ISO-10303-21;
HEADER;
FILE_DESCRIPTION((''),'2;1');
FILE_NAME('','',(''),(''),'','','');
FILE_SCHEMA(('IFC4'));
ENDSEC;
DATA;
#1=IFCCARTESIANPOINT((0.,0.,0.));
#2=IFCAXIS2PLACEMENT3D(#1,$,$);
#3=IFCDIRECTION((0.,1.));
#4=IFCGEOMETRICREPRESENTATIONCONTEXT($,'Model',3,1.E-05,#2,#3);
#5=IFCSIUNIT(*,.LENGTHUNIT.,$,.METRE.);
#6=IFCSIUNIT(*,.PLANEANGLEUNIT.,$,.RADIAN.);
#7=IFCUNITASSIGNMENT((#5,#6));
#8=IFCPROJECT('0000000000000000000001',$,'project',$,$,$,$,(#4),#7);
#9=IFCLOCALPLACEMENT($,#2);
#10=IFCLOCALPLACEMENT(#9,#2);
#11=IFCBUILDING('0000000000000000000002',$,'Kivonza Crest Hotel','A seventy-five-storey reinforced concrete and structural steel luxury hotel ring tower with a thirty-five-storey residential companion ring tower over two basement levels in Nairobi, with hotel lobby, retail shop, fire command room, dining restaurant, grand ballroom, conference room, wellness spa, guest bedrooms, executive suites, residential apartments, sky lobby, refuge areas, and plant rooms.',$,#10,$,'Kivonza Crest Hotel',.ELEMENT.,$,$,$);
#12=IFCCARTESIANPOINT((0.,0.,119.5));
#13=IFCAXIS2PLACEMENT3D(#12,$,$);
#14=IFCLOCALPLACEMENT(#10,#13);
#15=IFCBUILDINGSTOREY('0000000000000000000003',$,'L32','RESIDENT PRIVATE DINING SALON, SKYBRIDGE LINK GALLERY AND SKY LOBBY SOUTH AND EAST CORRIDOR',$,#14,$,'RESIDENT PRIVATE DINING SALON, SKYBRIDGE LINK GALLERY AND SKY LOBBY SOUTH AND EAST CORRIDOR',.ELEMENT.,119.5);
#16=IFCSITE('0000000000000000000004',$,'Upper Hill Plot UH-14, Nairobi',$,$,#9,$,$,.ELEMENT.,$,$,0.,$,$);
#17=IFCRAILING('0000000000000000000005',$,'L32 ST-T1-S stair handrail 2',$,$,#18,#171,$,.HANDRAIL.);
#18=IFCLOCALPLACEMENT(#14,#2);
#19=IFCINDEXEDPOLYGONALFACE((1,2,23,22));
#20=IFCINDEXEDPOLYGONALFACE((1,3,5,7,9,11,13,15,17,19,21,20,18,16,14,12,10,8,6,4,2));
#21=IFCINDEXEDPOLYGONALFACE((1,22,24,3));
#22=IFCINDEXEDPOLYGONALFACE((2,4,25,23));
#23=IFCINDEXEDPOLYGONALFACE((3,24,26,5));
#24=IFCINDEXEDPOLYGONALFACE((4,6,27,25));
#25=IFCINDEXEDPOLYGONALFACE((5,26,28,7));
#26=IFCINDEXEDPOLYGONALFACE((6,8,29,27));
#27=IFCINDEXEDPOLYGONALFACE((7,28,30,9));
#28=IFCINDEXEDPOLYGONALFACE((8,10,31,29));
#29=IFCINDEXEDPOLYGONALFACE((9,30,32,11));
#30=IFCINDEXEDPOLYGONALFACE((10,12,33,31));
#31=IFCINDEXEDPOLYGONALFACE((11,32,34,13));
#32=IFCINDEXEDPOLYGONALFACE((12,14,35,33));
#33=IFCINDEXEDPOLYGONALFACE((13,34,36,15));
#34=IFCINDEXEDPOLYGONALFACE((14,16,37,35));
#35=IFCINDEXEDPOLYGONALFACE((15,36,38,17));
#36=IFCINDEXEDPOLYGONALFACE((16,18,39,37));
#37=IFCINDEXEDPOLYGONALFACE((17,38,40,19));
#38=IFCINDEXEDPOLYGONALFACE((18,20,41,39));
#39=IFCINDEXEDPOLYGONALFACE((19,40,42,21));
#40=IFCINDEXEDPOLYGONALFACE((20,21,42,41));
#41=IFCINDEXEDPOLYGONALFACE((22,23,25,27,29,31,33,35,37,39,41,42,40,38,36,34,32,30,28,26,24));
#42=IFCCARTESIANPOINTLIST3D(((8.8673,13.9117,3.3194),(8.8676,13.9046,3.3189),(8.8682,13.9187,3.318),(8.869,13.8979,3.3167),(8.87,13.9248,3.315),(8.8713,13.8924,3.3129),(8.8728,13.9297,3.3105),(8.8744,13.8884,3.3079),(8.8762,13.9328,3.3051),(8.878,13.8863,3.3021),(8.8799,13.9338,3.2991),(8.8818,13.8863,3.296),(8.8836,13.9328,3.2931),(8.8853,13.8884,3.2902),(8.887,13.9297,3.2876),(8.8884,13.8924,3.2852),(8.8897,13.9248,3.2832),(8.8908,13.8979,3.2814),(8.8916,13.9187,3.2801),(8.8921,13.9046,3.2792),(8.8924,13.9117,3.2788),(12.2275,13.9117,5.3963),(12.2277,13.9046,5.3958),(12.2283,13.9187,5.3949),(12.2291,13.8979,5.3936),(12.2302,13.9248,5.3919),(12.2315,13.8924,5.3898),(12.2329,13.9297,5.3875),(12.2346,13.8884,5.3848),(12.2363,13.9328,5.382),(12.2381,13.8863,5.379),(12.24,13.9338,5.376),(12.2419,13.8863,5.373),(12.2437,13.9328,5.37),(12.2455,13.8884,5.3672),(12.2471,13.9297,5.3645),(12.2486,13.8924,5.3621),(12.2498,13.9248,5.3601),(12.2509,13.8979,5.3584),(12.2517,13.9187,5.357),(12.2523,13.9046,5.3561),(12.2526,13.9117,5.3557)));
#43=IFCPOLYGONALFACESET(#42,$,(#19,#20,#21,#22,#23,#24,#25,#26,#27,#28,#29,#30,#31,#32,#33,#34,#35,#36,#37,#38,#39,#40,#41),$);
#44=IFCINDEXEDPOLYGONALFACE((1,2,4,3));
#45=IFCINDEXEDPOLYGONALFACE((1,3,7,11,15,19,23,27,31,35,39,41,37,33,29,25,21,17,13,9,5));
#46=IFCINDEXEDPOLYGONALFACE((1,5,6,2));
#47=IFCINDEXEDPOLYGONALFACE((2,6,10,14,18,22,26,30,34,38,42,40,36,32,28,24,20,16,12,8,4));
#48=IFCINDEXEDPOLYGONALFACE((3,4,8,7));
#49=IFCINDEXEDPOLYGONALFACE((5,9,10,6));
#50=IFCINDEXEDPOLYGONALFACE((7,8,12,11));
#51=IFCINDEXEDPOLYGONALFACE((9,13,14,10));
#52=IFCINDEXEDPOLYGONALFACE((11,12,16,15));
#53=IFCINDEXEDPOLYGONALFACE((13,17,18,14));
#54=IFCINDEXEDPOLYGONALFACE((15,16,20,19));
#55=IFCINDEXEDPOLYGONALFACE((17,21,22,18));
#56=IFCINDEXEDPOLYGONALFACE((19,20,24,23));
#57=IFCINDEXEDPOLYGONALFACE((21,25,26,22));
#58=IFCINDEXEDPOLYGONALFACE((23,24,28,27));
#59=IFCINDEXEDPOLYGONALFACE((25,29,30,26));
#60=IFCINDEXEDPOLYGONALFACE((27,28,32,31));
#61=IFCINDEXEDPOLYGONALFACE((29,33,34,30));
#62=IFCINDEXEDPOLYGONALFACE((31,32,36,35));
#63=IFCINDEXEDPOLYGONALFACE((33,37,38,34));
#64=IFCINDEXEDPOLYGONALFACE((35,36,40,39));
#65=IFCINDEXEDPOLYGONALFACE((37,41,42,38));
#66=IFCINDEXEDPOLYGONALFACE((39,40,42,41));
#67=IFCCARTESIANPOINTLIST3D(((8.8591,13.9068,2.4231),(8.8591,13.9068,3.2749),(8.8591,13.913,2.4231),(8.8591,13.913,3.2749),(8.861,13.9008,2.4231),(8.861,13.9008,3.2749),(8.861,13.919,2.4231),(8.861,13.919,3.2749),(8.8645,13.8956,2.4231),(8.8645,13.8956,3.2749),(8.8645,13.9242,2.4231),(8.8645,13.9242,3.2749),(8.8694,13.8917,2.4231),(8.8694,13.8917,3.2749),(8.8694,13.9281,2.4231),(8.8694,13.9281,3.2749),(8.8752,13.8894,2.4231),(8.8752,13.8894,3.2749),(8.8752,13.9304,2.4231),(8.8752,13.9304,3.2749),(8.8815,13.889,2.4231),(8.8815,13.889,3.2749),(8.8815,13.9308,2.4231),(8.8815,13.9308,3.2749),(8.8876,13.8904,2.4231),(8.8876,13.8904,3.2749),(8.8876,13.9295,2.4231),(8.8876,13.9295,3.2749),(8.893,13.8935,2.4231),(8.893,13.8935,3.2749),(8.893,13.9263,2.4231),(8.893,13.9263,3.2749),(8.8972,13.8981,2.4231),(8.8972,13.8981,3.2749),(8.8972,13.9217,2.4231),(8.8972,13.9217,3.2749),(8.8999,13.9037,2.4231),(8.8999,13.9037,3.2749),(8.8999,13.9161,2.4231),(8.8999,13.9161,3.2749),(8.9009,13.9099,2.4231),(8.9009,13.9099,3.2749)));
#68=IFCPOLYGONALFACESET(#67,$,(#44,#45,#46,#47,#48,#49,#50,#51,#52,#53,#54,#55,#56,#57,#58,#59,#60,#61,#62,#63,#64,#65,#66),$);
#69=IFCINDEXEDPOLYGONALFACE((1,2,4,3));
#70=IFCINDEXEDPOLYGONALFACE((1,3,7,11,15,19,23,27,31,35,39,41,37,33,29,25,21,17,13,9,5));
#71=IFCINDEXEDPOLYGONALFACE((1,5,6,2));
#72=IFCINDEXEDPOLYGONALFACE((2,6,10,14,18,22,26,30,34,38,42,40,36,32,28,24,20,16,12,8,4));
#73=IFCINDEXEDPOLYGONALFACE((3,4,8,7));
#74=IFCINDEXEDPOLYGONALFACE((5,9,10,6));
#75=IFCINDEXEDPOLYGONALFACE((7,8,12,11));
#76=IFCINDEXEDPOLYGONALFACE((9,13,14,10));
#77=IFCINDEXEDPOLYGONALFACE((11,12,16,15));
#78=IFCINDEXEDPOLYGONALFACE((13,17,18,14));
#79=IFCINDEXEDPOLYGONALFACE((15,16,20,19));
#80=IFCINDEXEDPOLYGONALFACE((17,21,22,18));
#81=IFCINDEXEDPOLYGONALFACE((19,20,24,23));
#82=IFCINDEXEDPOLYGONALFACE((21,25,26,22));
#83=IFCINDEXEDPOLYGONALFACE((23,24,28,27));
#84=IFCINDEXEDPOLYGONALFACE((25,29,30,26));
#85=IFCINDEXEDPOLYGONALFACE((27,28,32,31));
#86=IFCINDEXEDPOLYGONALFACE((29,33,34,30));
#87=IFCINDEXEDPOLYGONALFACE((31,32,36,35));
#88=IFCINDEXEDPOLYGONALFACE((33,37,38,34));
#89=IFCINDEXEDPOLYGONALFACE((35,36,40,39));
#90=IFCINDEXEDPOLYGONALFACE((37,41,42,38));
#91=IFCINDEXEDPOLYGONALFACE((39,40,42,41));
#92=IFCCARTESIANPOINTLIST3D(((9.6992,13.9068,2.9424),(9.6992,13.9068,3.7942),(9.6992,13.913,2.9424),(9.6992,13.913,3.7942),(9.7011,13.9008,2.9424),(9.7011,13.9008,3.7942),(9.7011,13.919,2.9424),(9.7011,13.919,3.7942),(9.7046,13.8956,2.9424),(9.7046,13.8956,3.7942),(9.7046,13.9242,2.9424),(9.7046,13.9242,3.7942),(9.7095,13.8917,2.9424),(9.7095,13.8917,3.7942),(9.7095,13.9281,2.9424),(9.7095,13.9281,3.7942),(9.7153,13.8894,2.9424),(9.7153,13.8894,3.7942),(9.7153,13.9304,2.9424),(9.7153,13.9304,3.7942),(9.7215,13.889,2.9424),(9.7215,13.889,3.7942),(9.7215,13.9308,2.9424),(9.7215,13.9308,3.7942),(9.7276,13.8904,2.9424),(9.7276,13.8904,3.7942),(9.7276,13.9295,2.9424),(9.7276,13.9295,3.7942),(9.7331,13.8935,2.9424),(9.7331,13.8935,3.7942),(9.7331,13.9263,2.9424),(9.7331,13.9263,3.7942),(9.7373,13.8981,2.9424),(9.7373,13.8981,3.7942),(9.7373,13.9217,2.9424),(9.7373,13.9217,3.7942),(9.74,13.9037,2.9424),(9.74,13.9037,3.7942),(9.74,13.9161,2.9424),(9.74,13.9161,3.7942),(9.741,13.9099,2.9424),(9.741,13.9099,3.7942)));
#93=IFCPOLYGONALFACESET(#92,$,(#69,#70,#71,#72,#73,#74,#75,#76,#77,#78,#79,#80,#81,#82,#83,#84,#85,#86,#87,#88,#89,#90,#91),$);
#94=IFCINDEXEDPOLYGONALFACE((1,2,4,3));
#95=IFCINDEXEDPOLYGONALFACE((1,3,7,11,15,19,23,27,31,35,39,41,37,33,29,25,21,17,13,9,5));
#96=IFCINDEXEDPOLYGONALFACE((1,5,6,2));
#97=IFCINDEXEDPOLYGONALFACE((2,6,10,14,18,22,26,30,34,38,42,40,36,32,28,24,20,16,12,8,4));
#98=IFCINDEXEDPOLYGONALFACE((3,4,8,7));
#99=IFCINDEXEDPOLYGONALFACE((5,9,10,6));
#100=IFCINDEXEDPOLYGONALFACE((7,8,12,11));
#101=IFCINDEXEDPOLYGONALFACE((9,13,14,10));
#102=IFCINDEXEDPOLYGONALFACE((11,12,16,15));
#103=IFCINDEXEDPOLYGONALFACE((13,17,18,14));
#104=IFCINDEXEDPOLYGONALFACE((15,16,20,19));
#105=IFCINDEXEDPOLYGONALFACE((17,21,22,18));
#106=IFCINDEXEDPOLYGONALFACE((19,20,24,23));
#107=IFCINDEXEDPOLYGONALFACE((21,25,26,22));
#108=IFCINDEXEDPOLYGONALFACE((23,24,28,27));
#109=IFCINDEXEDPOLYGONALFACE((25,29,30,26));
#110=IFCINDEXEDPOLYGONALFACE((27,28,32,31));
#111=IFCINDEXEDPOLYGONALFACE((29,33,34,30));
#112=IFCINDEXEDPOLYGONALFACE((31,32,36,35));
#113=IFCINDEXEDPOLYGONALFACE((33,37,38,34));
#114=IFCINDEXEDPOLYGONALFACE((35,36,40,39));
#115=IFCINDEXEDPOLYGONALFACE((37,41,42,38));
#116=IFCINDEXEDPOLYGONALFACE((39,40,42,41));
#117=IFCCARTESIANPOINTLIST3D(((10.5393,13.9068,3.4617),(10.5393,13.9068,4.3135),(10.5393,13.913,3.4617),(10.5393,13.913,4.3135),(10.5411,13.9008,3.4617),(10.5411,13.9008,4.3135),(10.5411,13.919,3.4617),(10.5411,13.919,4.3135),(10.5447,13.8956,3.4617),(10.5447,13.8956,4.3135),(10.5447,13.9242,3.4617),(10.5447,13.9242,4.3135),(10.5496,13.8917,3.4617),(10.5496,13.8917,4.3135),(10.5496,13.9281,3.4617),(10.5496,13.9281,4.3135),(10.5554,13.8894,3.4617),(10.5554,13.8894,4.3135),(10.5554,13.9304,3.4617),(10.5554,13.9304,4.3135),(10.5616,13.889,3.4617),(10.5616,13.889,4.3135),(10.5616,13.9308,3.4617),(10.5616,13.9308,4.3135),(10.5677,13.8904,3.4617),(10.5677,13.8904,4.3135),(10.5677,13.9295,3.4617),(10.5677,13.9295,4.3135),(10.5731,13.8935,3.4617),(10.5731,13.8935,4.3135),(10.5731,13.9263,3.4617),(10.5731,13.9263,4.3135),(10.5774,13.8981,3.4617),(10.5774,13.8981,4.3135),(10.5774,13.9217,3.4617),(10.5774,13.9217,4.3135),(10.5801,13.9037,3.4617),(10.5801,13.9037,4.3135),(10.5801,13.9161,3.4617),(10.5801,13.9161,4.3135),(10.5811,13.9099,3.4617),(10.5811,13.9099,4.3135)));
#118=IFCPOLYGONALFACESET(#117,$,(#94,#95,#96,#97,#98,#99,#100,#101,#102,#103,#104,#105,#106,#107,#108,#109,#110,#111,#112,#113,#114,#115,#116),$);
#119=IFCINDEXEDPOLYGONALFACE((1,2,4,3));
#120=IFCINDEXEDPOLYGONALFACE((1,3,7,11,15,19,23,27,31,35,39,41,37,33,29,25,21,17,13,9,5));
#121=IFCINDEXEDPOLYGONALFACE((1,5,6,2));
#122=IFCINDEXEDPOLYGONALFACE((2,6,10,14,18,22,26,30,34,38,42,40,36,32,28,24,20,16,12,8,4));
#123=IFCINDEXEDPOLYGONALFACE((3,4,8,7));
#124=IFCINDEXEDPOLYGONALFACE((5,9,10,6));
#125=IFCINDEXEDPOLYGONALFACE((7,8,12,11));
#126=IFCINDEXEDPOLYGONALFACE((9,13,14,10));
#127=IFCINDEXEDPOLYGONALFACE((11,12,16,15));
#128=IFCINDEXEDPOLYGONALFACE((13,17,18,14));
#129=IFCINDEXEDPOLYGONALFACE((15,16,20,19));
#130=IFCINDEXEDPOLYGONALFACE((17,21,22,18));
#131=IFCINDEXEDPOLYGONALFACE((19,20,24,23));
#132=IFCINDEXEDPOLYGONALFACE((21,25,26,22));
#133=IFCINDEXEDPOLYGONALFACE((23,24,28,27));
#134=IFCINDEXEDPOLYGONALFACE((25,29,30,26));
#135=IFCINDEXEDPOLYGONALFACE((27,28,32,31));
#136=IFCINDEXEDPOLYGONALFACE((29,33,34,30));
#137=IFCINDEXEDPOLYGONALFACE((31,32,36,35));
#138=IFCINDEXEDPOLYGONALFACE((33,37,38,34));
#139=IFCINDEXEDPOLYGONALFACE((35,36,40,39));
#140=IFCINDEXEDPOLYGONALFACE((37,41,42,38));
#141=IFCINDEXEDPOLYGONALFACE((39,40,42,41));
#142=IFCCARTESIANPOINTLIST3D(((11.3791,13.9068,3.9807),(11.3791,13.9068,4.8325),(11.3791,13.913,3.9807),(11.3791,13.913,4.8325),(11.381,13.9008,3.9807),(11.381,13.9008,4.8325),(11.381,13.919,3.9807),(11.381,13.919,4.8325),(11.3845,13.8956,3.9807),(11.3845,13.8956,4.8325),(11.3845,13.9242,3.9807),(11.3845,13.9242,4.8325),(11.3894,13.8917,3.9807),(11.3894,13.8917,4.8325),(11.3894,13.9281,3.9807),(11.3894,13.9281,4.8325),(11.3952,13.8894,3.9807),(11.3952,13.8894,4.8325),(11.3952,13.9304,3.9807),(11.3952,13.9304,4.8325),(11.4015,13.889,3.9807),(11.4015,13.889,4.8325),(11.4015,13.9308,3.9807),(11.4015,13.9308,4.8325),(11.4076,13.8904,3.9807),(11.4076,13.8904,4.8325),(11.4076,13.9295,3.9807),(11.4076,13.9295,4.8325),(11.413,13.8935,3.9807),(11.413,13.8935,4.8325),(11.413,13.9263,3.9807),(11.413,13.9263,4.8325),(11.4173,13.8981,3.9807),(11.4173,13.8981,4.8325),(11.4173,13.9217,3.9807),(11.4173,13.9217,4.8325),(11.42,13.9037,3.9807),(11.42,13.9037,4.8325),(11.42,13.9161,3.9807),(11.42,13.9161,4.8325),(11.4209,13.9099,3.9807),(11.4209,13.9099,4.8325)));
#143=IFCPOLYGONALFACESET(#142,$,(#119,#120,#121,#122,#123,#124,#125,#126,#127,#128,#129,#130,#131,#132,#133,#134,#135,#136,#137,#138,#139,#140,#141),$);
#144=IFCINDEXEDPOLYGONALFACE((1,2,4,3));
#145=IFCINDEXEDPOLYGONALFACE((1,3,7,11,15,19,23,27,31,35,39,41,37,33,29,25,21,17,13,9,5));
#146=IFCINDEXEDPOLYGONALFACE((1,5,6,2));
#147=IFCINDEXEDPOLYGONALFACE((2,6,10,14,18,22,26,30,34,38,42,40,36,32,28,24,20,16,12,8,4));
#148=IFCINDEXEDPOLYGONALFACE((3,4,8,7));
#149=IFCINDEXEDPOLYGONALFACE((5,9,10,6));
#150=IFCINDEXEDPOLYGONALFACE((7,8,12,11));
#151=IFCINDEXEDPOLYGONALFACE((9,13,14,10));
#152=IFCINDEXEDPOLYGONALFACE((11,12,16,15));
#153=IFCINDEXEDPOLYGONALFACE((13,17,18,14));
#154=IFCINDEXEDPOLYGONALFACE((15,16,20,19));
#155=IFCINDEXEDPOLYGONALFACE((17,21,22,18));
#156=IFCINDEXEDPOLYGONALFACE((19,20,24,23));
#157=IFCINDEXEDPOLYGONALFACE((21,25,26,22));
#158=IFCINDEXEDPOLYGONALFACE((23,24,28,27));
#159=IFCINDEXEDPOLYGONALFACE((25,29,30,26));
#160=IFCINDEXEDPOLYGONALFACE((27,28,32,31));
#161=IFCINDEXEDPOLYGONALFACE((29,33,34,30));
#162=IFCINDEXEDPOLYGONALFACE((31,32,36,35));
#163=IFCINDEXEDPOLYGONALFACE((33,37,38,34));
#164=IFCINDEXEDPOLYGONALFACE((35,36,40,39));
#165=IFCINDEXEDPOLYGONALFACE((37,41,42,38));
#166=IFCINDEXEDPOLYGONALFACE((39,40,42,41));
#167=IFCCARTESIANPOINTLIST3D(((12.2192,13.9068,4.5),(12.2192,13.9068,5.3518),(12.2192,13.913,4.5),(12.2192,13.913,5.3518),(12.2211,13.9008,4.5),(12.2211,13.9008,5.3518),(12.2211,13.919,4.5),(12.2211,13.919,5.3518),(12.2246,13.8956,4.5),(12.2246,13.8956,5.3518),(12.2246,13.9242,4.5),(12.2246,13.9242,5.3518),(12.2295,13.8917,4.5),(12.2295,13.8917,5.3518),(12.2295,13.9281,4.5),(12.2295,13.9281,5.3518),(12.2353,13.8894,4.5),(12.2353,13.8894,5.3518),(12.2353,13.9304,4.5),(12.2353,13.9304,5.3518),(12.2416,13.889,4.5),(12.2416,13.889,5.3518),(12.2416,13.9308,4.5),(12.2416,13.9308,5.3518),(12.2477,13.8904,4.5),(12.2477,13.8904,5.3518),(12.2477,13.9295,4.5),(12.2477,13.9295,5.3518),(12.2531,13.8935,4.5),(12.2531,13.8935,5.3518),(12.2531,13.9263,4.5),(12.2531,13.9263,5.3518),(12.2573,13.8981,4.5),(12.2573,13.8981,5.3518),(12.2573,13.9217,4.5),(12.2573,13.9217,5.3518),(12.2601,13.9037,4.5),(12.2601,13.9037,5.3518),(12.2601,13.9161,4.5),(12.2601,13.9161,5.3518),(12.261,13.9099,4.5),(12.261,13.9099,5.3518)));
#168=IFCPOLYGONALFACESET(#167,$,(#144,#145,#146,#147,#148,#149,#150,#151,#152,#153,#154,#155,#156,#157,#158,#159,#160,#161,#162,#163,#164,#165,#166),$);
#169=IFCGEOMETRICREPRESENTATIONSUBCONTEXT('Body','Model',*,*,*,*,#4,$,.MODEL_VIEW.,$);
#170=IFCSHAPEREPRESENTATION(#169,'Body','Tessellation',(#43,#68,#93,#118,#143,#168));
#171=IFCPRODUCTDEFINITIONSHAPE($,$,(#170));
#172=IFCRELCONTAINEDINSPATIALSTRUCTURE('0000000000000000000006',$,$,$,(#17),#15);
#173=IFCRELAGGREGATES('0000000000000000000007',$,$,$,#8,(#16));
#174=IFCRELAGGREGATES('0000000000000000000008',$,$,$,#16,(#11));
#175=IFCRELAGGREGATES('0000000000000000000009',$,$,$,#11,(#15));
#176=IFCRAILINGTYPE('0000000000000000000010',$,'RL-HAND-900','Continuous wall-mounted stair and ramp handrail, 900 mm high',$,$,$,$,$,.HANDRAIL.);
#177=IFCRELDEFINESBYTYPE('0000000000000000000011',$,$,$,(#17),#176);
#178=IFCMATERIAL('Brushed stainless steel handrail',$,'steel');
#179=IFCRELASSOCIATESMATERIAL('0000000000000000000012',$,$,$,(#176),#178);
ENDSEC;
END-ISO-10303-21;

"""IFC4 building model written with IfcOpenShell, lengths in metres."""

from ifc_helpers import new_model, si_unit, direction, frame, origin, origin_2d, place, context, subcontext, project, spatial, circle, extrude, material, type_object, element, save


model = new_model("IFC4")

# Units and contexts
model_context = context("Model", 3, precision=1e-05, world=origin(), true_north=direction((0.0, 1.0)))
body_context = subcontext(model_context, "Body", "Model", "MODEL_VIEW")
ifc_project = project(units=[si_unit("LENGTHUNIT", "METRE"), si_unit("PLANEANGLEUNIT", "RADIAN")], contexts=[model_context])

# Site, building, storey
site_placement = place(None, origin())
site = spatial("IfcSite", under=ifc_project, at=site_placement, Name="Upper Hill Plot UH-14, Nairobi", CompositionType="ELEMENT", RefElevation=0.0)
building_placement = place(site_placement, origin())
building = spatial("IfcBuilding", under=site, at=building_placement, Name="Kivonza Crest Hotel", Description="A seventy-five-storey reinforced concrete and structural steel luxury hotel ring tower with a thirty-five-storey residential companion ring tower over two basement levels in Nairobi, with hotel lobby, retail shop, fire command room, dining restaurant, grand ballroom, conference room, wellness spa, guest bedrooms, executive suites, residential apartments, sky lobby, refuge areas, and plant rooms.", LongName="Kivonza Crest Hotel", CompositionType="ELEMENT")
storey_placement = place(building_placement, frame((0.0, 0.0, 119.5)))
storey = spatial("IfcBuildingStorey", under=building, at=storey_placement, Name="L32", Description="RESIDENT PRIVATE DINING SALON, SKYBRIDGE LINK GALLERY AND SKY LOBBY SOUTH AND EAST CORRIDOR", LongName="RESIDENT PRIVATE DINING SALON, SKYBRIDGE LINK GALLERY AND SKY LOBBY SOUTH AND EAST CORRIDOR", CompositionType="ELEMENT", Elevation=119.5)

# Railing
ifc_material_1 = material(Name="Brushed stainless steel handrail", Category="steel")
railing_type_1 = type_object("IfcRailingType", Name="RL-HAND-900", Description="Continuous wall-mounted stair and ramp handrail, 900 mm high", PredefinedType="HANDRAIL", material=ifc_material_1)
railing_1_placement = place(storey_placement, frame((8.8799, 13.9099, 2.4231)))
element("IfcRailing", 1, at=railing_1_placement, inside=storey, type_object=railing_type_1, Name="L32 ST-T1-S stair handrail 2", PredefinedType="HANDRAIL", context=body_context, shape_type="SweptSolid", body=[
    extrude(circle(Radius=0.0239, at=origin_2d()), frame((0.0, 0.0, 0.876), z_axis=(0.850623, 0.0, 0.525776), x_axis=(0.0, 1.0, 0.0)), (0.0, 0.0, 1.0), 3.9502),
    extrude(circle(Radius=0.021, at=origin_2d()), origin(), (0.0, 0.0, 1.0), 0.8518),
    extrude(circle(Radius=0.021, at=origin_2d()), frame((0.8401, 0.0, 0.5193)), (0.0, 0.0, 1.0), 0.8518),
    extrude(circle(Radius=0.021, at=origin_2d()), frame((1.6802, 0.0, 1.0386)), (0.0, 0.0, 1.0), 0.8518),
    extrude(circle(Radius=0.021, at=origin_2d()), frame((2.52, 0.0, 1.5576)), (0.0, 0.0, 1.0), 0.8518),
    extrude(circle(Radius=0.021, at=origin_2d()), frame((3.3601, 0.0, 2.0769)), (0.0, 0.0, 1.0), 0.8518),
])

save(model, "model.ifc")
